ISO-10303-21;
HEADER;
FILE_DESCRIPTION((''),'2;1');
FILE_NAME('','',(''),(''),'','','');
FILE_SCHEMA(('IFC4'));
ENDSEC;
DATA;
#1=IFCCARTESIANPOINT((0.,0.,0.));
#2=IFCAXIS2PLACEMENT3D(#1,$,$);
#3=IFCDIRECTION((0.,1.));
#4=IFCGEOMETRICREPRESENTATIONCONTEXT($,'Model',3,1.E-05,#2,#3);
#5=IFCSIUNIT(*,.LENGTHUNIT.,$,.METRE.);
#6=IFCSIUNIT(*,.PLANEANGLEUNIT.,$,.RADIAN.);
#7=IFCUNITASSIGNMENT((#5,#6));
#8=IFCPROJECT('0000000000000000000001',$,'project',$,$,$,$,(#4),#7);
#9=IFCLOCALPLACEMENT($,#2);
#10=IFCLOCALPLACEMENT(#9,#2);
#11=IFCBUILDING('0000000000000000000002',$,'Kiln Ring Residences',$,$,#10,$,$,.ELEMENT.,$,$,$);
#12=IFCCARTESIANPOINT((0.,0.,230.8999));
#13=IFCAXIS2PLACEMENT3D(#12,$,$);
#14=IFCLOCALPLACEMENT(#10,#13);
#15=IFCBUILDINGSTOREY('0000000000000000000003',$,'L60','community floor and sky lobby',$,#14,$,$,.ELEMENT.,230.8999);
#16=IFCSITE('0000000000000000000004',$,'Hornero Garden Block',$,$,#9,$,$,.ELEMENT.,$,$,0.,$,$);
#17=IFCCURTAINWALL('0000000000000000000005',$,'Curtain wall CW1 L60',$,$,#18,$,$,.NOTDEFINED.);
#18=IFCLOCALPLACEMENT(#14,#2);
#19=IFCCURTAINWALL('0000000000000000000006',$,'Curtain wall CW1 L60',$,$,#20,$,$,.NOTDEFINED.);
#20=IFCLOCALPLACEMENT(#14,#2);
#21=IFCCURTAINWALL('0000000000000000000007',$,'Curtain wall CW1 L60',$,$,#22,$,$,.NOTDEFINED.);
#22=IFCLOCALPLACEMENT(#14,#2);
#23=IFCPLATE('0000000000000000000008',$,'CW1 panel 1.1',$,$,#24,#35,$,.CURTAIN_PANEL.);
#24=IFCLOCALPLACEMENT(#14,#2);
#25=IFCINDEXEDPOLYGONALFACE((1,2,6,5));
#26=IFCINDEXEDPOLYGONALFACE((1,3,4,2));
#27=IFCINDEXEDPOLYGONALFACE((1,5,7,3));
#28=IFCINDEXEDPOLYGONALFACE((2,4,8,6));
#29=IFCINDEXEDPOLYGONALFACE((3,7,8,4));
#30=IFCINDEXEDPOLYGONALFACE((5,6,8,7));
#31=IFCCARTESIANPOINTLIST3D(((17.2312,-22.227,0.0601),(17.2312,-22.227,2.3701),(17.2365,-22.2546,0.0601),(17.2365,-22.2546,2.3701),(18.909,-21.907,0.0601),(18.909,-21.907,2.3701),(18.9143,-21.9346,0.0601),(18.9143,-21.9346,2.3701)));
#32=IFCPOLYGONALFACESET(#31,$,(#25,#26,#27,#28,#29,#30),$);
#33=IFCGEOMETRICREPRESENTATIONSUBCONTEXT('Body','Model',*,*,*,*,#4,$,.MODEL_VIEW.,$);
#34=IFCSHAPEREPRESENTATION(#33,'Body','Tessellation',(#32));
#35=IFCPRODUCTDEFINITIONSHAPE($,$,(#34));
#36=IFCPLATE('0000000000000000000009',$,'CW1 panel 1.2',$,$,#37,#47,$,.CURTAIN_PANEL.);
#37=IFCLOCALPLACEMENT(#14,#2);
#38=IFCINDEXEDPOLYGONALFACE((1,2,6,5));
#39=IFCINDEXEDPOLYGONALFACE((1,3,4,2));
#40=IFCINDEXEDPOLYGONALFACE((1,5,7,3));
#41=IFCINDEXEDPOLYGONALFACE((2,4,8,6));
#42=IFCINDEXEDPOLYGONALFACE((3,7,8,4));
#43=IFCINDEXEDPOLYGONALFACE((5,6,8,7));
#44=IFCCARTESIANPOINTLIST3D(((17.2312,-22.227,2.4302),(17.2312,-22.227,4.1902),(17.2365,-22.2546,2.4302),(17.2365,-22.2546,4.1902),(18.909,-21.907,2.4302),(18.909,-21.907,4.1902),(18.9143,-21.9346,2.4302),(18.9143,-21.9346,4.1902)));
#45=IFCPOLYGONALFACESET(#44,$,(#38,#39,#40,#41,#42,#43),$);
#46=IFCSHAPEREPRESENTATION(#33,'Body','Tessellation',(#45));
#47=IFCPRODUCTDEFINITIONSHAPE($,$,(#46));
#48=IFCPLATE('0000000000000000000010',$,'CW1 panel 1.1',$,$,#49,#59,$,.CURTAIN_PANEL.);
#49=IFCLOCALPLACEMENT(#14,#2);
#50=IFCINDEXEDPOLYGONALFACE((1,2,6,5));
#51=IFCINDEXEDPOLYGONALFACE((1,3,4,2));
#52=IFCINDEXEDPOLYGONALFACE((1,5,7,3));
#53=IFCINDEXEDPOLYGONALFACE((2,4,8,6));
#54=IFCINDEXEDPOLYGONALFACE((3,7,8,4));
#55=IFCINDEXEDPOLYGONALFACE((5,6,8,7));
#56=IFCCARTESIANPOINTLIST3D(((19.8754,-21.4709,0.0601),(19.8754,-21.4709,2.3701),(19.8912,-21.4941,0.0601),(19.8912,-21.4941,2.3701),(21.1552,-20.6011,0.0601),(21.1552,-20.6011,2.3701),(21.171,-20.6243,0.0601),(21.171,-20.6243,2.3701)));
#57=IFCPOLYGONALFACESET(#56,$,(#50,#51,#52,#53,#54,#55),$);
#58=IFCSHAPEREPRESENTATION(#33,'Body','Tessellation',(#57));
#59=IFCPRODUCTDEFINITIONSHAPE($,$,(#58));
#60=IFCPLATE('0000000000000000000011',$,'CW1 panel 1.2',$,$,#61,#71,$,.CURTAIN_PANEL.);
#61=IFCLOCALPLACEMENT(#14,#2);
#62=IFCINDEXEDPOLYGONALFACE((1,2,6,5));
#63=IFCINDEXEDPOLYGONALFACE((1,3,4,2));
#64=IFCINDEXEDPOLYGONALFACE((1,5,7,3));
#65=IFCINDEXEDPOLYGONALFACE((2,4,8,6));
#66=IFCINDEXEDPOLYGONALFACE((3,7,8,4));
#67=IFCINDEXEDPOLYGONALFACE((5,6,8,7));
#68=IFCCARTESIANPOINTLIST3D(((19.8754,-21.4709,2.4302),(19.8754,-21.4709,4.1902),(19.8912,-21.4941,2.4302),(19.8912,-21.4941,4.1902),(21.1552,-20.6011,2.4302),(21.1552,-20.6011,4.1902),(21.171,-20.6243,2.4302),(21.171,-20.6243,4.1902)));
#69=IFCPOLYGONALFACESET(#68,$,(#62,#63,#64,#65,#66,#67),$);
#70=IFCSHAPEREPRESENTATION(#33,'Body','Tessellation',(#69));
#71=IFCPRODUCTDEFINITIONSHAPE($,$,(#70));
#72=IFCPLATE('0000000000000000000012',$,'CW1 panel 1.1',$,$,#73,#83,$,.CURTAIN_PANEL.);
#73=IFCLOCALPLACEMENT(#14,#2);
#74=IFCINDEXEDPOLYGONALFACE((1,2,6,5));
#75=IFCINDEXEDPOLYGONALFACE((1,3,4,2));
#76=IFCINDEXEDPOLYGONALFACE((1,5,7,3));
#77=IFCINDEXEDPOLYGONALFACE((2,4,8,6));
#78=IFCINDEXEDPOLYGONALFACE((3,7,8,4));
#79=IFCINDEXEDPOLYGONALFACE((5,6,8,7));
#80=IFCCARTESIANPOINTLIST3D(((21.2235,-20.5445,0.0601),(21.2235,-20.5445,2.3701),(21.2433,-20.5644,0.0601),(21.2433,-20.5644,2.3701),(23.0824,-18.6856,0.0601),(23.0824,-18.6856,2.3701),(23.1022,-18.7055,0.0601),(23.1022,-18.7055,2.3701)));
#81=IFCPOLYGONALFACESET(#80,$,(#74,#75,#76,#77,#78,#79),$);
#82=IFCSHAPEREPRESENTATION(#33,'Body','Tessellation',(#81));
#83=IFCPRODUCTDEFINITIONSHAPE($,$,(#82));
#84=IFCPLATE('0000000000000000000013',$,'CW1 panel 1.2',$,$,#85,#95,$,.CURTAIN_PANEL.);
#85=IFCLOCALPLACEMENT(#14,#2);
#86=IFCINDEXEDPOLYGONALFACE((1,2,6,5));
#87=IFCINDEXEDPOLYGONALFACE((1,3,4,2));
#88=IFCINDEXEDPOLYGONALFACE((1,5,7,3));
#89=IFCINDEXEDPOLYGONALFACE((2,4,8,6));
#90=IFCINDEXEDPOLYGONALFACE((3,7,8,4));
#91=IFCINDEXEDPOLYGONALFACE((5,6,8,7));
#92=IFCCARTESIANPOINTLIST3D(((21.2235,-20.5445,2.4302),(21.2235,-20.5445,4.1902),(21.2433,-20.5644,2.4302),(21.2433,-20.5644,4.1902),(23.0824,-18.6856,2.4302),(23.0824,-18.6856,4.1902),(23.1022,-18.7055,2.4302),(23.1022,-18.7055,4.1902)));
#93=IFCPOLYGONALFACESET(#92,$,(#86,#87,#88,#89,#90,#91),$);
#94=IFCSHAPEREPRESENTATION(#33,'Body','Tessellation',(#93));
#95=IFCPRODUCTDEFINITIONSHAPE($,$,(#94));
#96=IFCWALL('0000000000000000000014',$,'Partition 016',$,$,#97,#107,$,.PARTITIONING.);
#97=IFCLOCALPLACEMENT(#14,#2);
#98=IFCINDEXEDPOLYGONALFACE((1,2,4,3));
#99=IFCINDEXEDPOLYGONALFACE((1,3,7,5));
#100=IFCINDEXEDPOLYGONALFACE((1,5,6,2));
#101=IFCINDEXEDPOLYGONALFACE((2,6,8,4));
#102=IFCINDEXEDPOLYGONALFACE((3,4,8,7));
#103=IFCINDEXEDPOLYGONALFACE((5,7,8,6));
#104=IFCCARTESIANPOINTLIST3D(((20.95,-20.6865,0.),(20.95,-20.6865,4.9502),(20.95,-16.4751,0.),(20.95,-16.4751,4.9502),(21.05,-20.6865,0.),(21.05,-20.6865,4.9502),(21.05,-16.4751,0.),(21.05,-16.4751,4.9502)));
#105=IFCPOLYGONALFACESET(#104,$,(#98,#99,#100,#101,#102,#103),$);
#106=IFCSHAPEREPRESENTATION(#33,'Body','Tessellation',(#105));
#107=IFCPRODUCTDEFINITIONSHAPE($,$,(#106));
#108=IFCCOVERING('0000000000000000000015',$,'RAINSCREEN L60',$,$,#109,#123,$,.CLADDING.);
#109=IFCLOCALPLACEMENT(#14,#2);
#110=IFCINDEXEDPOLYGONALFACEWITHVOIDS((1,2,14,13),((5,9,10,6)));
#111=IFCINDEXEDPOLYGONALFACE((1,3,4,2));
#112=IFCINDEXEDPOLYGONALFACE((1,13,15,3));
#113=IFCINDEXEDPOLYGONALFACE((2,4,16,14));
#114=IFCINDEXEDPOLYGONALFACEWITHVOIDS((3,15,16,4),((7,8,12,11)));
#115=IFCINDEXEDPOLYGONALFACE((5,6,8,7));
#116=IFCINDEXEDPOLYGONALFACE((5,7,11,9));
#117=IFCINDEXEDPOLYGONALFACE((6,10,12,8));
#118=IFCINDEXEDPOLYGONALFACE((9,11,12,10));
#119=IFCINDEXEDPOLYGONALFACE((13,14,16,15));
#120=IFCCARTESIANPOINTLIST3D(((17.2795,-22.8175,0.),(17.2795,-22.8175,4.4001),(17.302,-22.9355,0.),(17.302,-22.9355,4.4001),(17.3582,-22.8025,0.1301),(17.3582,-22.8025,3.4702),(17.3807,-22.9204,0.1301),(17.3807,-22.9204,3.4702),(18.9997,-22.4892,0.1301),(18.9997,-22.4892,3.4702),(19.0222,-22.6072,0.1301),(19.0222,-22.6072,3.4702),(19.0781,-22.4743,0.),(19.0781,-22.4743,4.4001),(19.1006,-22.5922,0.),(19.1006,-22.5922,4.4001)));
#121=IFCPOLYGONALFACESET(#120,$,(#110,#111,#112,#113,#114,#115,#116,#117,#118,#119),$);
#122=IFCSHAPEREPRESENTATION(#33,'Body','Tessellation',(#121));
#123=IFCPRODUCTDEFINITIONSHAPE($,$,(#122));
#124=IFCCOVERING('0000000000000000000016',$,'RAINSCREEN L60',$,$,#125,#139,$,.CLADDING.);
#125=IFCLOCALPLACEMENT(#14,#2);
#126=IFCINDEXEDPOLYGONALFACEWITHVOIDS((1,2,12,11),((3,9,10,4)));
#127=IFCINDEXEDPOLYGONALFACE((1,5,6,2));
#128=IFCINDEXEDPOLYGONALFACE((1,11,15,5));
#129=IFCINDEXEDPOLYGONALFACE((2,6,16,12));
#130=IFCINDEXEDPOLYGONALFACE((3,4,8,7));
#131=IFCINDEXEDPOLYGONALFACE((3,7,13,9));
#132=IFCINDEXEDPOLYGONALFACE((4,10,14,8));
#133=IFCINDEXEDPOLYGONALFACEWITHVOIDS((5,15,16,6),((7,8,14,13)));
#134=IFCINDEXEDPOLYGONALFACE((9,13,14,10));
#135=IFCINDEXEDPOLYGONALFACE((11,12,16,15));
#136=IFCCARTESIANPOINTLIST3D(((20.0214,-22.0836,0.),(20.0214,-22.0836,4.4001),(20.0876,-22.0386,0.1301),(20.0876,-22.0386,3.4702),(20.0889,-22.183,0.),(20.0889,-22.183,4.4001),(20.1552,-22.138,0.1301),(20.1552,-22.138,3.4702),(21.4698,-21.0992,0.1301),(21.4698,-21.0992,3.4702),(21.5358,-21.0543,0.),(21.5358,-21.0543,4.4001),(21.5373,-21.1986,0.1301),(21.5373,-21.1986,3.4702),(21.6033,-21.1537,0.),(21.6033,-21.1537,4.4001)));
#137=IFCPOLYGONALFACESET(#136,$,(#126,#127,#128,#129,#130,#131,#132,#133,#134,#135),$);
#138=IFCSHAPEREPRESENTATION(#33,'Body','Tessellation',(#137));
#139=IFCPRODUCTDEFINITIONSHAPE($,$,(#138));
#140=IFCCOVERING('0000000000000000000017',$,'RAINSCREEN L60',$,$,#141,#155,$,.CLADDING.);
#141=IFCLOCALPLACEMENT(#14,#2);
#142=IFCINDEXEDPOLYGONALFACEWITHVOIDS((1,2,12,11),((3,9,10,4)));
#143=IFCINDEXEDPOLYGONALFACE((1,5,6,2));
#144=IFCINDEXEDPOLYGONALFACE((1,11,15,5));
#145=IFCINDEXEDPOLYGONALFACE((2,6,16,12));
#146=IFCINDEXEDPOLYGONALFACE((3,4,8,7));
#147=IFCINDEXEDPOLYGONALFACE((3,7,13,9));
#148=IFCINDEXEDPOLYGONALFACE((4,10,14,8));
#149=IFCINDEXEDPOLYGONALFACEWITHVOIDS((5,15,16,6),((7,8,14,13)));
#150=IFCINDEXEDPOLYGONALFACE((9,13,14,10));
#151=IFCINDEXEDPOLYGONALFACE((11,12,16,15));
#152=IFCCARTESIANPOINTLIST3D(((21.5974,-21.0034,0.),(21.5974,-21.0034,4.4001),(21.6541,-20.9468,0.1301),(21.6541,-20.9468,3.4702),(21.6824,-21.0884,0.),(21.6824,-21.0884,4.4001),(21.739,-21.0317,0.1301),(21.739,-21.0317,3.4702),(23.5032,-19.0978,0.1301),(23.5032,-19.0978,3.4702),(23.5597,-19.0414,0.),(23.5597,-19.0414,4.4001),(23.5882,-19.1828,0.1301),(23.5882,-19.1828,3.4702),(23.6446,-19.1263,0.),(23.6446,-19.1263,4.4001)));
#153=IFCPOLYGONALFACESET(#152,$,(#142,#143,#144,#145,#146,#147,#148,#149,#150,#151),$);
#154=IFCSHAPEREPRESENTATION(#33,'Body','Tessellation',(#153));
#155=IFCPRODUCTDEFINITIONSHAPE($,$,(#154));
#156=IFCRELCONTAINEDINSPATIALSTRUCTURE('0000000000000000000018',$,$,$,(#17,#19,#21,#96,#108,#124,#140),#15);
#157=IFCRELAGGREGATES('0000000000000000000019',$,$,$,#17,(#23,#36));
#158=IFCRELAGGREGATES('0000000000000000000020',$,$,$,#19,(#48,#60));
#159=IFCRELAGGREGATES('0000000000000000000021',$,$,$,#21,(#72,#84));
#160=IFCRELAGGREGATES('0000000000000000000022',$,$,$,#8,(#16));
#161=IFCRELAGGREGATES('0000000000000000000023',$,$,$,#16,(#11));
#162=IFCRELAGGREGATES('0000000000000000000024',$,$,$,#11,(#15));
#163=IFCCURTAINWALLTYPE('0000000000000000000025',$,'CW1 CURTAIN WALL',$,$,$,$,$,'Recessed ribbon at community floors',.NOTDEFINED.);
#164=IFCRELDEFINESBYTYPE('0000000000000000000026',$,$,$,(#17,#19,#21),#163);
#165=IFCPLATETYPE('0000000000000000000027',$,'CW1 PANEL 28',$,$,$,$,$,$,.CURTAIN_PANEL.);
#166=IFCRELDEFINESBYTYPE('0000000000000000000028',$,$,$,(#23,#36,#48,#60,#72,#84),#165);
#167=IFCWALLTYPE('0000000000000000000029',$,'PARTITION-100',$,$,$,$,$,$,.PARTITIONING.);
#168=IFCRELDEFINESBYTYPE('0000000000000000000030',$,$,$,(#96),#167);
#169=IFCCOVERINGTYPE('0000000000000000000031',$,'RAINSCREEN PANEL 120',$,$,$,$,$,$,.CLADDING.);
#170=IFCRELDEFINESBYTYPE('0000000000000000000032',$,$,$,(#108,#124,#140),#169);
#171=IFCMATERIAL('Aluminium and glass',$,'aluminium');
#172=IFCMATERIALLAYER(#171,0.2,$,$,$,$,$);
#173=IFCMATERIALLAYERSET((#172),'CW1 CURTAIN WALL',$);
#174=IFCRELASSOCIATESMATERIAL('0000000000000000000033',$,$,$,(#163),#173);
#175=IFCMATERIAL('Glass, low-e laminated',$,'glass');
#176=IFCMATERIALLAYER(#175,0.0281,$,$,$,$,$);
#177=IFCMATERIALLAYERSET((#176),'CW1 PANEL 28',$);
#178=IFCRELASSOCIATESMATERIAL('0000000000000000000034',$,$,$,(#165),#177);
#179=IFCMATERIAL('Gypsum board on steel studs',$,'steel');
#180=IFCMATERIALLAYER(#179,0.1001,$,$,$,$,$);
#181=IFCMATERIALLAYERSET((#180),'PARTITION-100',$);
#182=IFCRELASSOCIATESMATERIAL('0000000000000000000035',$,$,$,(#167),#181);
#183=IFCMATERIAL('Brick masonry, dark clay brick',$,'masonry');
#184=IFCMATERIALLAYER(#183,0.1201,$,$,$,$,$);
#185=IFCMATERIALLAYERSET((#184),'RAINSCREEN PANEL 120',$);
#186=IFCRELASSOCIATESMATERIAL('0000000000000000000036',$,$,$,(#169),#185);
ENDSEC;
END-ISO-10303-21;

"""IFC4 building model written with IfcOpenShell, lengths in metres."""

from ifc_helpers import new_model, si_unit, direction, frame, frame_2d, origin, origin_2d, place, context, subcontext, project, spatial, polyline, rectangle, outline, extrude, material, layer, layer_set, type_object, element, aggregate, save


model = new_model("IFC4")

# Units and contexts
model_context = context("Model", 3, precision=1e-05, world=origin(), true_north=direction((0.0, 1.0)))
body_context = subcontext(model_context, "Body", "Model", "MODEL_VIEW")
ifc_project = project(units=[si_unit("LENGTHUNIT", "METRE"), si_unit("PLANEANGLEUNIT", "RADIAN")], contexts=[model_context])

# Site, building, storey
site_placement = place(None, origin())
site = spatial("IfcSite", under=ifc_project, at=site_placement, Name="Hornero Garden Block", CompositionType="ELEMENT", RefElevation=0.0)
building_placement = place(site_placement, origin())
building = spatial("IfcBuilding", under=site, at=building_placement, Name="Kiln Ring Residences", CompositionType="ELEMENT")
storey_placement = place(building_placement, frame((0.0, 0.0, 230.8999)))
storey = spatial("IfcBuildingStorey", under=building, at=storey_placement, Name="L60", Description="community floor and sky lobby", CompositionType="ELEMENT", Elevation=230.8999)

# Curtain wall
ifc_material_1 = material(Name="Aluminium and glass", Category="aluminium")
ifc_layer_1 = layer(ifc_material_1, 0.2)
ifc_layer_set_1 = layer_set([ifc_layer_1], Name="CW1 CURTAIN WALL")
curtain_wall_type = type_object("IfcCurtainWallType", Name="CW1 CURTAIN WALL", ElementType="Recessed ribbon at community floors", PredefinedType="NOTDEFINED", material=ifc_layer_set_1)
placement = place(storey_placement, origin())
curtain_wall_1 = element("IfcCurtainWall", 1, at=placement, inside=storey, type_object=curtain_wall_type, Name="Curtain wall CW1 L60", PredefinedType="NOTDEFINED")

# Curtain walls
curtain_wall_2 = element("IfcCurtainWall", 2, at=placement, inside=storey, type_object=curtain_wall_type, Name="Curtain wall CW1 L60", PredefinedType="NOTDEFINED")
curtain_wall_3 = element("IfcCurtainWall", 3, at=placement, inside=storey, type_object=curtain_wall_type, Name="Curtain wall CW1 L60", PredefinedType="NOTDEFINED")

# Plates
ifc_material_2 = material(Name="Glass, low-e laminated", Category="glass")
ifc_layer_2 = layer(ifc_material_2, 0.0281)
ifc_layer_set_2 = layer_set([ifc_layer_2], Name="CW1 PANEL 28")
plate_type = type_object("IfcPlateType", Name="CW1 PANEL 28", PredefinedType="CURTAIN_PANEL", material=ifc_layer_set_2)
plate_1_placement = place(storey_placement, frame((18.0728, -22.0808, 0.0601), z_axis=(0.0, 0.0, 1.0), x_axis=(0.98229, 0.187366, 0.0)))
plate_1 = element("IfcPlate", 4, at=plate_1_placement, type_object=plate_type, Name="CW1 panel 1.1", PredefinedType="CURTAIN_PANEL", context=body_context, shape_type="SweptSolid", body=[
    extrude(rectangle(XDim=1.708, YDim=0.0281, at=origin_2d()), origin(), (0.0, 0.0, 1.0), 2.3101),
])
plate_2_placement = place(storey_placement, frame((18.0728, -22.0808, 2.4302), z_axis=(0.0, 0.0, 1.0), x_axis=(0.98229, 0.187366, 0.0)))
plate_2 = element("IfcPlate", 5, at=plate_2_placement, type_object=plate_type, Name="CW1 panel 1.2", PredefinedType="CURTAIN_PANEL", context=body_context, shape_type="SweptSolid", body=[
    extrude(rectangle(XDim=1.708, YDim=0.0281, at=origin_2d()), origin(), (0.0, 0.0, 1.0), 1.76),
])
aggregate(curtain_wall_1, [plate_1, plate_2])
plate_3_placement = place(storey_placement, frame((20.5232, -21.0476, 0.0601), z_axis=(0.0, 0.0, 1.0), x_axis=(0.827072, 0.562097, 0.0)))
plate_3 = element("IfcPlate", 6, at=plate_3_placement, type_object=plate_type, Name="CW1 panel 1.1", PredefinedType="CURTAIN_PANEL", context=body_context, shape_type="SweptSolid", body=[
    extrude(rectangle(XDim=1.5474, YDim=0.0281, at=origin_2d()), origin(), (0.0, 0.0, 1.0), 2.3101),
])
plate_4_placement = place(storey_placement, frame((20.5232, -21.0476, 2.4302), z_axis=(0.0, 0.0, 1.0), x_axis=(0.827072, 0.562097, 0.0)))
plate_4 = element("IfcPlate", 7, at=plate_4_placement, type_object=plate_type, Name="CW1 panel 1.2", PredefinedType="CURTAIN_PANEL", context=body_context, shape_type="SweptSolid", body=[
    extrude(rectangle(XDim=1.5474, YDim=0.0281, at=origin_2d()), origin(), (0.0, 0.0, 1.0), 1.76),
])
aggregate(curtain_wall_2, [plate_3, plate_4])
plate_5_placement = place(storey_placement, frame((22.1628, -19.625, 0.0601), z_axis=(0.0, 0.0, 1.0), x_axis=(0.707107, 0.707107, 0.0)))
plate_5 = element("IfcPlate", 8, at=plate_5_placement, type_object=plate_type, Name="CW1 panel 1.1", PredefinedType="CURTAIN_PANEL", context=body_context, shape_type="SweptSolid", body=[
    extrude(rectangle(XDim=2.6289, YDim=0.0281, at=origin_2d()), origin(), (0.0, 0.0, 1.0), 2.3101),
])
plate_6_placement = place(storey_placement, frame((22.1628, -19.625, 2.4302), z_axis=(0.0, 0.0, 1.0), x_axis=(0.707107, 0.707107, 0.0)))
plate_6 = element("IfcPlate", 9, at=plate_6_placement, type_object=plate_type, Name="CW1 panel 1.2", PredefinedType="CURTAIN_PANEL", context=body_context, shape_type="SweptSolid", body=[
    extrude(rectangle(XDim=2.6289, YDim=0.0281, at=origin_2d()), origin(), (0.0, 0.0, 1.0), 1.76),
])
aggregate(curtain_wall_3, [plate_5, plate_6])

# Wall
ifc_material_3 = material(Name="Gypsum board on steel studs", Category="steel")
ifc_layer_3 = layer(ifc_material_3, 0.1001)
ifc_layer_set_3 = layer_set([ifc_layer_3], Name="PARTITION-100")
wall_type = type_object("IfcWallType", Name="PARTITION-100", PredefinedType="PARTITIONING", material=ifc_layer_set_3)
wall_placement = place(storey_placement, frame((21.0, -20.6865, 0.0), z_axis=(0.0, 0.0, 1.0), x_axis=(0.0, 1.0, 0.0)))
element("IfcWall", 10, at=wall_placement, inside=storey, type_object=wall_type, Name="Partition 016", PredefinedType="PARTITIONING", context=body_context, shape_type="SweptSolid", body=[
    extrude(rectangle(XDim=4.2114, YDim=0.1001, at=frame_2d((2.1057, 0.0))), origin(), (0.0, 0.0, 1.0), 4.9502),
])

# Coverings
ifc_material_4 = material(Name="Brick masonry, dark clay brick", Category="masonry")
ifc_layer_4 = layer(ifc_material_4, 0.1201)
ifc_layer_set_4 = layer_set([ifc_layer_4], Name="RAINSCREEN PANEL 120")
covering_type = type_object("IfcCoveringType", Name="RAINSCREEN PANEL 120", PredefinedType="CLADDING", material=ifc_layer_set_4)
for number, where, z_axis, x_axis, name in (
    (11, (17.2908, -22.8765, 0.0), (0.0, 0.0, 1.0), (0.982275, 0.187443, 0.0), "RAINSCREEN L60"),
    (12, (20.0552, -22.1333, 0.0), (0.0, 0.0, 1.0), (0.827053, 0.562124, 0.0), "RAINSCREEN L60"),
):
    element("IfcCovering", number, at=place(storey_placement, frame(where, z_axis=z_axis, x_axis=x_axis)), inside=storey, type_object=covering_type, Name=name, PredefinedType="CLADDING", context=body_context, shape_type="SweptSolid", body=[
        extrude(outline(polyline([(0.0, 0.0), (1.8311, 0.0), (1.8311, 4.4001), (0.0, 4.4001), (0.0, 0.0)]), holes=[polyline([(0.0801, 3.4702), (0.0801, 0.1301), (1.7512, 0.1301), (1.7512, 3.4702), (0.0801, 3.4702)])]), frame((0.0, 0.0601, 0.0), z_axis=(0.0, -1.0, 0.0), x_axis=(1.0, 0.0, 0.0)), (0.0, 0.0, 1.0), 0.1201),
    ])
covering_placement = place(storey_placement, frame((21.6399, -21.0459, 0.0), z_axis=(0.0, 0.0, 1.0), x_axis=(0.707151, 0.707063, 0.0)))
element("IfcCovering", 13, at=covering_placement, inside=storey, type_object=covering_type, Name="RAINSCREEN L60", PredefinedType="CLADDING", context=body_context, shape_type="SweptSolid", body=[
    extrude(outline(polyline([(0.0, 0.0), (2.7749, 0.0), (2.7749, 4.4001), (0.0, 4.4001), (0.0, 0.0)]), holes=[polyline([(0.0801, 3.4702), (0.0801, 0.1301), (2.6951, 0.1301), (2.6951, 3.4702), (0.0801, 3.4702)])]), frame((0.0, 0.0601, 0.0), z_axis=(0.0, -1.0, 0.0), x_axis=(1.0, 0.0, 0.0)), (0.0, 0.0, 1.0), 0.1201),
])

save(model, "model.ifc")
